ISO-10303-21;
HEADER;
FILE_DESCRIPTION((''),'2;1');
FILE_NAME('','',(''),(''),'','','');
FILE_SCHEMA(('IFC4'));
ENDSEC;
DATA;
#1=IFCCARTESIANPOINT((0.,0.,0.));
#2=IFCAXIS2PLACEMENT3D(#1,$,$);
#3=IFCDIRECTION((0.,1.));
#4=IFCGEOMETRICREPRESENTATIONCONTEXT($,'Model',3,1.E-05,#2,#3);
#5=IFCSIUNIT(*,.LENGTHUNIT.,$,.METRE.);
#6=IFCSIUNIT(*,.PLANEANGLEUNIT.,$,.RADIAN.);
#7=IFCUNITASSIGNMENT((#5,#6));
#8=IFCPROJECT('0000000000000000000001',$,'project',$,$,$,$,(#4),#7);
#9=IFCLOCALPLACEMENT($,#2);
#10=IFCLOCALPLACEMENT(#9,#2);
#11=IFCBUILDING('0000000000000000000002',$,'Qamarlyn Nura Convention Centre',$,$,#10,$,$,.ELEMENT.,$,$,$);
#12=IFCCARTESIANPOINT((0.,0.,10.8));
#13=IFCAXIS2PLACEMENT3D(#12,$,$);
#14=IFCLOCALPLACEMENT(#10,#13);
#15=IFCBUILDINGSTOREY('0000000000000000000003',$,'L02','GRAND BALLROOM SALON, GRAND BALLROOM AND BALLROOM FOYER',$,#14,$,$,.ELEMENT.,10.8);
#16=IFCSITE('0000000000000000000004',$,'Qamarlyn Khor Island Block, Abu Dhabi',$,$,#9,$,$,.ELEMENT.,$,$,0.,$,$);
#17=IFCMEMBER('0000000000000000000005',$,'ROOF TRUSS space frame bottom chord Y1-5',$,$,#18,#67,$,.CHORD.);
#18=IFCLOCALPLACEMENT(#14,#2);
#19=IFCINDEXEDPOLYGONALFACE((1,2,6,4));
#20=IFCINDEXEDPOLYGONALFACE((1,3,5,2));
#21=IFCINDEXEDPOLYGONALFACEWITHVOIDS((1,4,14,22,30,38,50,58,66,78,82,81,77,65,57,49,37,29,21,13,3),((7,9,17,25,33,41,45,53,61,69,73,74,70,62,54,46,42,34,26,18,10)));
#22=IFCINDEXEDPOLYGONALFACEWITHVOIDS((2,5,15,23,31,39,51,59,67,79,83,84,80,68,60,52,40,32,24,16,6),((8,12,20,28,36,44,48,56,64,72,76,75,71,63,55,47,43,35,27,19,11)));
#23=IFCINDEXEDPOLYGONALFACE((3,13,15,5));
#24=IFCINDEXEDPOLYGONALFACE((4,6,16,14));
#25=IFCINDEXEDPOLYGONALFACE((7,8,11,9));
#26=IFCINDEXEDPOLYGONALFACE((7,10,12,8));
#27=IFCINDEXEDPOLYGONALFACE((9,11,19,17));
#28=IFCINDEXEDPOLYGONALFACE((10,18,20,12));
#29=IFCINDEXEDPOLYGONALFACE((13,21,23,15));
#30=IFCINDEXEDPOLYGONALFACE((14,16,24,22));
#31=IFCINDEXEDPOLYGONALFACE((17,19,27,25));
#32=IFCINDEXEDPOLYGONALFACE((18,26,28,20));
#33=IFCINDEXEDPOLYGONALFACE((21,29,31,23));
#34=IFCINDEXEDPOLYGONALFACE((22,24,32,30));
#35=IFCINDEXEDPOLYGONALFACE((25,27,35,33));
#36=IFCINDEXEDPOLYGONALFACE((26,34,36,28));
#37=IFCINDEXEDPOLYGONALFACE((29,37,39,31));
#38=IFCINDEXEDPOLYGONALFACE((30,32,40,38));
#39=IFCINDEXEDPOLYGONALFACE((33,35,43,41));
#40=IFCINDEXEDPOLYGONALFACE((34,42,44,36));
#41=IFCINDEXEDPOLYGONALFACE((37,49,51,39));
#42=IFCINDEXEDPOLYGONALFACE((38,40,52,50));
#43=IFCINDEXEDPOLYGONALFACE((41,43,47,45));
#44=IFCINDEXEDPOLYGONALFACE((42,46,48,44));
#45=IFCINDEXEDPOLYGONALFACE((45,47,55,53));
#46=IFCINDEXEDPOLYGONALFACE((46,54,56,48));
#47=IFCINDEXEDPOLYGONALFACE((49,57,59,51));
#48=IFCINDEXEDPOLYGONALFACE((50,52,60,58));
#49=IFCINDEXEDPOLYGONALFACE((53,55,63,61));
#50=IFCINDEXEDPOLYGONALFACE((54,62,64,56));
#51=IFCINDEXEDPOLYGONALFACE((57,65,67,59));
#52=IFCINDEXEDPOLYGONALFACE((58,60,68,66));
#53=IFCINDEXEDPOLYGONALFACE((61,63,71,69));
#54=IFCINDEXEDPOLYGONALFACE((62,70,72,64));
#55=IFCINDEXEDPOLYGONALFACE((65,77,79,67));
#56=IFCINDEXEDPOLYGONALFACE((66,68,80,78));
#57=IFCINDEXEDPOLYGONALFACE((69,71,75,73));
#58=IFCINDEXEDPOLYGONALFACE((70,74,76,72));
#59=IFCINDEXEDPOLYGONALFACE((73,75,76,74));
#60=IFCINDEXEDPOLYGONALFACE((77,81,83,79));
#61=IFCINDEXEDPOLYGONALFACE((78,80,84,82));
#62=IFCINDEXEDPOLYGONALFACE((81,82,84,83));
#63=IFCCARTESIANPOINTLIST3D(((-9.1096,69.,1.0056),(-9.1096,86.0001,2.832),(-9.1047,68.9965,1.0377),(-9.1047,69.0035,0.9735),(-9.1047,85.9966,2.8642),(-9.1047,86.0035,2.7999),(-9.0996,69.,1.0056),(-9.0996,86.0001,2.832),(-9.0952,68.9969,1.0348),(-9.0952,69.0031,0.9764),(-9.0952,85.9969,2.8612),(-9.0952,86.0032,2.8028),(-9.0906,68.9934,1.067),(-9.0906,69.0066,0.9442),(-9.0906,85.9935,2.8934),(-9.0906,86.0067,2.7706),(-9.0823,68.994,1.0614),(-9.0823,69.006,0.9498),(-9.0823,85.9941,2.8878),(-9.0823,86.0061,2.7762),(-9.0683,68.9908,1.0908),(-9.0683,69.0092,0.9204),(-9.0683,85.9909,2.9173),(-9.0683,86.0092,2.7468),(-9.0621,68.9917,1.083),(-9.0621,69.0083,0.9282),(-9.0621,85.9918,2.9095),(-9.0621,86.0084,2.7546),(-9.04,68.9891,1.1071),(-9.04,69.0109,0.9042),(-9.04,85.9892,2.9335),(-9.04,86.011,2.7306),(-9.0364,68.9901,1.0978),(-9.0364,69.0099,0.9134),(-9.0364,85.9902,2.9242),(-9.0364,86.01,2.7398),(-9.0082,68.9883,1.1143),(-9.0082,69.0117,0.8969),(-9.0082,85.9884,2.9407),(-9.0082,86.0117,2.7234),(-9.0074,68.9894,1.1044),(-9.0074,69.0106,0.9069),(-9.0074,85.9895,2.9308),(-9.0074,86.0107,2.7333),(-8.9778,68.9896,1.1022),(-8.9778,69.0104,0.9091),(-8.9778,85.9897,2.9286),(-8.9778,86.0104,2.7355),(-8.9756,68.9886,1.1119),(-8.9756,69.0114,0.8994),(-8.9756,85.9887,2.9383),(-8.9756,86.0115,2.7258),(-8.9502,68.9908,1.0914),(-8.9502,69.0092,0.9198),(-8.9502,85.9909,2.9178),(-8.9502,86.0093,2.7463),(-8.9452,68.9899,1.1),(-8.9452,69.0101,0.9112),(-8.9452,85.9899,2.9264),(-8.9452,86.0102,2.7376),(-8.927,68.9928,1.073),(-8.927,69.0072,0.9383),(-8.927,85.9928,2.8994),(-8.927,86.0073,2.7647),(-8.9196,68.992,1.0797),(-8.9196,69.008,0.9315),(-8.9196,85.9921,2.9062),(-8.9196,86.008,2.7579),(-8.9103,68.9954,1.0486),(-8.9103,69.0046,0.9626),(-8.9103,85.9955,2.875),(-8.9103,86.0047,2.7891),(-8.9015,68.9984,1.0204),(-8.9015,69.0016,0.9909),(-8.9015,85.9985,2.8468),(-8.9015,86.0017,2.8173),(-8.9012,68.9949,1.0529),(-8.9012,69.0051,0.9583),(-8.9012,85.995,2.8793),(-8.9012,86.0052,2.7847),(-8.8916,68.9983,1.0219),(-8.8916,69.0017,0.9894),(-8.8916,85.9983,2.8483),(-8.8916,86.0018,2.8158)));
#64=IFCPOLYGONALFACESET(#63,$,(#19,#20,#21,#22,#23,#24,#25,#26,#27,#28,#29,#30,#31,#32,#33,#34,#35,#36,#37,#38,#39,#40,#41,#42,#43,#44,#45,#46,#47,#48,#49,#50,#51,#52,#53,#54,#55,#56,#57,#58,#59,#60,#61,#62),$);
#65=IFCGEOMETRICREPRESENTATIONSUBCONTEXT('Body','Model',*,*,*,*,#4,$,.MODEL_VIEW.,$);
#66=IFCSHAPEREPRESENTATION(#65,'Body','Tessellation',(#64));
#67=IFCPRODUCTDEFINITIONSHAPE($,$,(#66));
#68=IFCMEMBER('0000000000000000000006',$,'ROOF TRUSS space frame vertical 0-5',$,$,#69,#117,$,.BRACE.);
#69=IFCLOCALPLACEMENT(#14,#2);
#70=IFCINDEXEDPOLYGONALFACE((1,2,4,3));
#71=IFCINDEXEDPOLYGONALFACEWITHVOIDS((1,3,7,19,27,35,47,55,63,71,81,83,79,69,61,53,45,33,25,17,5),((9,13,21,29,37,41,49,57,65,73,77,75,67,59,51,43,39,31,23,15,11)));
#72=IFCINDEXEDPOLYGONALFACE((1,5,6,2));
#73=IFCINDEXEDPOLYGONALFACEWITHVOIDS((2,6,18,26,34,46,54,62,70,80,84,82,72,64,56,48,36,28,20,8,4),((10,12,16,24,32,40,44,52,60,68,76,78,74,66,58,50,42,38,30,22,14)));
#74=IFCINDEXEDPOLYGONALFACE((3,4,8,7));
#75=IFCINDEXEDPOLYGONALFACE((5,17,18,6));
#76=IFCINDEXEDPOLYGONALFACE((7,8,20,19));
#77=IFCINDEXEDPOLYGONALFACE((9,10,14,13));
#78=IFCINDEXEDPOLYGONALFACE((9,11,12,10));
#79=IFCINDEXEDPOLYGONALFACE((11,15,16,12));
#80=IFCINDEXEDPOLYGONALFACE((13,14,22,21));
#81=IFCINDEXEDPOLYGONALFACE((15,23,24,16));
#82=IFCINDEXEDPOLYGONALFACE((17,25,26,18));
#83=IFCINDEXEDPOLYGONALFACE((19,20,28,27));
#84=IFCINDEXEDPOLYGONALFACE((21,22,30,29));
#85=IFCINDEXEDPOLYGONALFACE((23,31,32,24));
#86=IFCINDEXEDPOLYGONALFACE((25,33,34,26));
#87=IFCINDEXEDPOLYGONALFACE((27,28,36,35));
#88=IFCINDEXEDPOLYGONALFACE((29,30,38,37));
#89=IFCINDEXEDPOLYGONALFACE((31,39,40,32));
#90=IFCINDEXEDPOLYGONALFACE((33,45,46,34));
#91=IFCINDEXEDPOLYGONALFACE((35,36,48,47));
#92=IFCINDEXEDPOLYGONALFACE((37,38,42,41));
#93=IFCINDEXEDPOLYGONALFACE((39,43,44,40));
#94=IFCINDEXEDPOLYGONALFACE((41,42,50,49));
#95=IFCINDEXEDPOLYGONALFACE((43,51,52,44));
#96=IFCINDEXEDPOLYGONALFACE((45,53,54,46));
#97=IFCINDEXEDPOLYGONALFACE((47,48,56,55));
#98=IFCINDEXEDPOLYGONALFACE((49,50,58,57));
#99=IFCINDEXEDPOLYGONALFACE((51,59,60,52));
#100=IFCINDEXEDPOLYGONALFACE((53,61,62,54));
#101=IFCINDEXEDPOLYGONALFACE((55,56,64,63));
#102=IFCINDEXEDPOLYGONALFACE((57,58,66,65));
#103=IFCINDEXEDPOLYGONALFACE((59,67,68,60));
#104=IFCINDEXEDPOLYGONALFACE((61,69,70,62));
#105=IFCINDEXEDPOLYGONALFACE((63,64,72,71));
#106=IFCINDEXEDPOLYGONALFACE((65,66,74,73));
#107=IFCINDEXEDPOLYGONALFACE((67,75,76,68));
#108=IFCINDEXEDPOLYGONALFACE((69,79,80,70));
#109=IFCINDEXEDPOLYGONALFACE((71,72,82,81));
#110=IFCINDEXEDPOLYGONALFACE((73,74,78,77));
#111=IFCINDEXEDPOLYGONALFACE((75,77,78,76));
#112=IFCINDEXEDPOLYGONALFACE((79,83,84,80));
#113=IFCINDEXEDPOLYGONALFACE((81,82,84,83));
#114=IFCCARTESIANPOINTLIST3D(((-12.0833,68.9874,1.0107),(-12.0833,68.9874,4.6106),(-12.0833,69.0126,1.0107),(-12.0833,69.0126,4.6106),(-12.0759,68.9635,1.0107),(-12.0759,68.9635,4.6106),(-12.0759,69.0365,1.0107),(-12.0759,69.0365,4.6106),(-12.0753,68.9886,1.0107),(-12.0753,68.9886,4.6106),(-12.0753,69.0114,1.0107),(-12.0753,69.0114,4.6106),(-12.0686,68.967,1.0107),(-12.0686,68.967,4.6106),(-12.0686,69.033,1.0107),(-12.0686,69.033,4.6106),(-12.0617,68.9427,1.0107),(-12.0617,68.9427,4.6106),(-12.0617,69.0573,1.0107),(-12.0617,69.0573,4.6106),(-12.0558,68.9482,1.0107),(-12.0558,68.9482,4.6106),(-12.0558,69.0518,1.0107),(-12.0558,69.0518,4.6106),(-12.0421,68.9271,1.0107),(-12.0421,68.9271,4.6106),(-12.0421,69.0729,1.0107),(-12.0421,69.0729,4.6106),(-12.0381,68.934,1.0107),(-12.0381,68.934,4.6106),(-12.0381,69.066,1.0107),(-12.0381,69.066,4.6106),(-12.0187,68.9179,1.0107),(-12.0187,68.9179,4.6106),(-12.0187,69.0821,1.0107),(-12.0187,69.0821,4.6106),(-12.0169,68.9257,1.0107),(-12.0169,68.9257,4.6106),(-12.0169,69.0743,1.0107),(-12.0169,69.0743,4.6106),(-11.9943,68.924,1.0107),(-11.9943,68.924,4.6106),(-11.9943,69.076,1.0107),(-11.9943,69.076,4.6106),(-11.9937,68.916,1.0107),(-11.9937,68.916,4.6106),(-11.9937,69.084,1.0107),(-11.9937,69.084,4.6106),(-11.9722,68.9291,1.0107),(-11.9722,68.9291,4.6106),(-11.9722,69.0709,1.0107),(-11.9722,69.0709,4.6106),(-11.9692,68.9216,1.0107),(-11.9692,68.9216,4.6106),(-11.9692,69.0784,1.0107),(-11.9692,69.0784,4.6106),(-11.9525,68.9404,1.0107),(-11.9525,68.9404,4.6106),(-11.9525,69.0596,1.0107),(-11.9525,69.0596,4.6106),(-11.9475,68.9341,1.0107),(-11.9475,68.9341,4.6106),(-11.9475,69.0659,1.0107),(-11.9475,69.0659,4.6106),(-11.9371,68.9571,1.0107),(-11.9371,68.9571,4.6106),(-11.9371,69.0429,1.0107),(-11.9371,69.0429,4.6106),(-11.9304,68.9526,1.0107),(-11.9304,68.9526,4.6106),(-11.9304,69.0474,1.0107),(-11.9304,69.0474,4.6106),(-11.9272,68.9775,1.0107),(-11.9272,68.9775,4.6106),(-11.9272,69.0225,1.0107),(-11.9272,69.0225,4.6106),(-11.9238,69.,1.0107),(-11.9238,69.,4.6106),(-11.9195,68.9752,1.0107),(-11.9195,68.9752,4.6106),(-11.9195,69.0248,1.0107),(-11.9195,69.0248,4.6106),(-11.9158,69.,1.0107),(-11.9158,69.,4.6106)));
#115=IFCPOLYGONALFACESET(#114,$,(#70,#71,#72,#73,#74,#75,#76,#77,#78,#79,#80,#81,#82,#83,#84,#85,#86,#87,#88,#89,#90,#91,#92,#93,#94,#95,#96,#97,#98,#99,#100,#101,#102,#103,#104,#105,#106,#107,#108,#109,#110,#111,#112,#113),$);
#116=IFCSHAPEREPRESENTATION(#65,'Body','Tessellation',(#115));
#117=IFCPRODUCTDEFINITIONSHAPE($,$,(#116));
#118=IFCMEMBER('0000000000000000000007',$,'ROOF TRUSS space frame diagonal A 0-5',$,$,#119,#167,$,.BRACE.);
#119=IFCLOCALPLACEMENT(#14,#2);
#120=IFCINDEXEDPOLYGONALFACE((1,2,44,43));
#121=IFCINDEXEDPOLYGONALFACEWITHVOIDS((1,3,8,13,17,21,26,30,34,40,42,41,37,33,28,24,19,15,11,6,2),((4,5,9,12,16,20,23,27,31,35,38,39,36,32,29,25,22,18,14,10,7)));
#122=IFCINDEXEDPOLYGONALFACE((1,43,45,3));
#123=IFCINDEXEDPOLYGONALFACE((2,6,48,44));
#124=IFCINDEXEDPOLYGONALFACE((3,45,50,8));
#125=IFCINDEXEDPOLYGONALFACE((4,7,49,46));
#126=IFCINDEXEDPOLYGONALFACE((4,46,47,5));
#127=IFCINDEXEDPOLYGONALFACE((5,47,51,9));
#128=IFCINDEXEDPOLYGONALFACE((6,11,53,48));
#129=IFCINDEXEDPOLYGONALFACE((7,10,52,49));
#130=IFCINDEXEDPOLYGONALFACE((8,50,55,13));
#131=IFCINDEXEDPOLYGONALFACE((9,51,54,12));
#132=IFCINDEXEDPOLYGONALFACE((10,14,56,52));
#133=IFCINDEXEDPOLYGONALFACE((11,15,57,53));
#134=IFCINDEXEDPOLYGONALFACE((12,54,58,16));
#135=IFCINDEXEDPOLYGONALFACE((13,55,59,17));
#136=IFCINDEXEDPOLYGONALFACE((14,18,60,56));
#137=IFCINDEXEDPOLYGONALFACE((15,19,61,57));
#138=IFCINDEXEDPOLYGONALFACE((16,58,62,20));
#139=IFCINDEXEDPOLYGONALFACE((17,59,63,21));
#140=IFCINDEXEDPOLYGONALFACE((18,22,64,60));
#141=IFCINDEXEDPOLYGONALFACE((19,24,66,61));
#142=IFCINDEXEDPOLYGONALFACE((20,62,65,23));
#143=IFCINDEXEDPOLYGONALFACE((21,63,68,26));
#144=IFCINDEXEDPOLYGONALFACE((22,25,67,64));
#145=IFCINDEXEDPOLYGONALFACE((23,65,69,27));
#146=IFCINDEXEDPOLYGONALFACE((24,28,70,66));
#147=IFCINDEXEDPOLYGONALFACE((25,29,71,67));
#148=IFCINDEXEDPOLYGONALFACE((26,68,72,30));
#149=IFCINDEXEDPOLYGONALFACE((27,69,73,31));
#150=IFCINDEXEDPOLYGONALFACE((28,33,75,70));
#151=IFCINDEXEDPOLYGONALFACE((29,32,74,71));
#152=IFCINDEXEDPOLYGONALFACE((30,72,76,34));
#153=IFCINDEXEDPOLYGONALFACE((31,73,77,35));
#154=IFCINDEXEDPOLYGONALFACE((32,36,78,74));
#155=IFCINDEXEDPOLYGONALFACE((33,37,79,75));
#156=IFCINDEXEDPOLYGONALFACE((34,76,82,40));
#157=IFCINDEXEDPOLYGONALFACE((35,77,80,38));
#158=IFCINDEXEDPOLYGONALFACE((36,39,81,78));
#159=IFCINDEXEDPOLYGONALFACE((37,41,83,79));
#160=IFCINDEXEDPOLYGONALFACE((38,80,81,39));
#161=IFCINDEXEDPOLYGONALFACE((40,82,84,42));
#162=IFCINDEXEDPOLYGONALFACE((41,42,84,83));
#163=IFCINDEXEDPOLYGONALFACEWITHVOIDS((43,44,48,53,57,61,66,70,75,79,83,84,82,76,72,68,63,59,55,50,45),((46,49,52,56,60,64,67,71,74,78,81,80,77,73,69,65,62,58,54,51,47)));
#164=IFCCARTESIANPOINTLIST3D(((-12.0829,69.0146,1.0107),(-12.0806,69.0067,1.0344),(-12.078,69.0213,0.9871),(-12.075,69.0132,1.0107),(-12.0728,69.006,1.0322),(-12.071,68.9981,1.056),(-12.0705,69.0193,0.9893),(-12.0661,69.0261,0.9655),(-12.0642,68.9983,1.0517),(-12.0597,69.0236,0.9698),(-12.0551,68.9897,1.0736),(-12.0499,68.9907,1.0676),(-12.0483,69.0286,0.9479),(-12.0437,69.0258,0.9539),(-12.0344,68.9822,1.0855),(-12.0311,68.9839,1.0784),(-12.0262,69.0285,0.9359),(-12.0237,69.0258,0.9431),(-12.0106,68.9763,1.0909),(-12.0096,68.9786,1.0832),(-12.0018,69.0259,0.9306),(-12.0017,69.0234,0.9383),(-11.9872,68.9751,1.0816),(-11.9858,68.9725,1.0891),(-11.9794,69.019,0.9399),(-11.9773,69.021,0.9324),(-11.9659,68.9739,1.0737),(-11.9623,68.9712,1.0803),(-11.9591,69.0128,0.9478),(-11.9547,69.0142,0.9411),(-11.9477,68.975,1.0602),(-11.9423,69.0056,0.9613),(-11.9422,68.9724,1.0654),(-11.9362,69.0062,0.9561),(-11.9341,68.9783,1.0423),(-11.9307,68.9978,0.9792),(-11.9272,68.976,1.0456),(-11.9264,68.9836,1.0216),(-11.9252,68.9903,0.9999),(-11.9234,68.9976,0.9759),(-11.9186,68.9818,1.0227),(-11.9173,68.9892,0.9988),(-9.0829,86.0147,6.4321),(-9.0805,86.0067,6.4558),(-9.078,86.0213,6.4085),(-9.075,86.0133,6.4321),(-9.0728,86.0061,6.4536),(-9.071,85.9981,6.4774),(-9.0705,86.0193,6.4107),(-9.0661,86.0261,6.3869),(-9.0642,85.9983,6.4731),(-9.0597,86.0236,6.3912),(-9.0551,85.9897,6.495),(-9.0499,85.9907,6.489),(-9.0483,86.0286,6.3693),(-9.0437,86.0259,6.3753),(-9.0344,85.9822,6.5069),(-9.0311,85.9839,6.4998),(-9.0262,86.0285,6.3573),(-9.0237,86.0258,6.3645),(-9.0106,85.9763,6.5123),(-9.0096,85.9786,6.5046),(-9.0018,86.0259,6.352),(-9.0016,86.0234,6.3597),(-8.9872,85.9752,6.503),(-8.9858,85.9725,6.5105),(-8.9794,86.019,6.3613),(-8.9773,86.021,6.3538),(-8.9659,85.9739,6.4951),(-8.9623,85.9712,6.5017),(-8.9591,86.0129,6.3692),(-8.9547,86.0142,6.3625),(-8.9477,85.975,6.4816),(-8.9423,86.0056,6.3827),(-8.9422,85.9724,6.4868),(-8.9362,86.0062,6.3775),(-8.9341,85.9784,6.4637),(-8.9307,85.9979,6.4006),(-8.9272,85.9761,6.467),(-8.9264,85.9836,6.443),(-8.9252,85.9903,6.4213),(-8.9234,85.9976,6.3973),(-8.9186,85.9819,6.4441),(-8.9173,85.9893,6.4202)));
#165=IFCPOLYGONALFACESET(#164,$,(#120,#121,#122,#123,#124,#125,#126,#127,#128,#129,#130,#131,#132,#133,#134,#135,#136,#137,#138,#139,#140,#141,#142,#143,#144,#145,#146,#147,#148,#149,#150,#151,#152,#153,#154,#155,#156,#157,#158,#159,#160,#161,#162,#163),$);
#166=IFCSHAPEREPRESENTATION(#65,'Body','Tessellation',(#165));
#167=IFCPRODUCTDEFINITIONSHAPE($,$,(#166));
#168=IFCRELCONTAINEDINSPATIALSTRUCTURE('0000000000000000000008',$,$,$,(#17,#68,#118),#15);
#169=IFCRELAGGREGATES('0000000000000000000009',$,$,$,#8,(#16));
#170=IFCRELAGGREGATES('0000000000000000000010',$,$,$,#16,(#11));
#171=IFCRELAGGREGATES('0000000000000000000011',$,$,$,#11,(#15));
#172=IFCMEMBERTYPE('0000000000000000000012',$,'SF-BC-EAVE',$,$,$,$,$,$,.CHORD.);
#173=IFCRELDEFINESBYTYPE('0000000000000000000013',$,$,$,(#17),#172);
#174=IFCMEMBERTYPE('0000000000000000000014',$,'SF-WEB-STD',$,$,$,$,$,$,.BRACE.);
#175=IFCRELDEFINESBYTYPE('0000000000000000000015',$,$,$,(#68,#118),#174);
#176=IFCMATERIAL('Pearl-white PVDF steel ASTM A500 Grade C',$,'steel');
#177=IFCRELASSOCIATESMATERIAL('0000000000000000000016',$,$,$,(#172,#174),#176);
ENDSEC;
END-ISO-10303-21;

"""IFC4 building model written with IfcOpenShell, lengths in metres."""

from ifc_helpers import new_model, si_unit, direction, frame, origin, origin_2d, place, context, subcontext, project, spatial, hollow_circle, extrude, material, material_profile, profile_set, type_object, element, save


model = new_model("IFC4")

# Units and contexts
model_context = context("Model", 3, precision=1e-05, world=origin(), true_north=direction((0.0, 1.0)))
body_context = subcontext(model_context, "Body", "Model", "MODEL_VIEW")
ifc_project = project(units=[si_unit("LENGTHUNIT", "METRE"), si_unit("PLANEANGLEUNIT", "RADIAN")], contexts=[model_context])

# Site, building, storey
site_placement = place(None, origin())
site = spatial("IfcSite", under=ifc_project, at=site_placement, Name="Qamarlyn Khor Island Block, Abu Dhabi", CompositionType="ELEMENT", RefElevation=0.0)
building_placement = place(site_placement, origin())
building = spatial("IfcBuilding", under=site, at=building_placement, Name="Qamarlyn Nura Convention Centre", CompositionType="ELEMENT")
storey_placement = place(building_placement, frame((0.0, 0.0, 10.8)))
storey = spatial("IfcBuildingStorey", under=building, at=storey_placement, Name="L02", Description="GRAND BALLROOM SALON, GRAND BALLROOM AND BALLROOM FOYER", CompositionType="ELEMENT", Elevation=10.8)

# Members
ifc_material_1 = material(Name="Pearl-white PVDF steel ASTM A500 Grade C", Category="steel")
ifc_material_profile_1 = material_profile(ifc_material_1, hollow_circle(Radius=0.1096, WallThickness=0.01, at=origin_2d()), Name="CHS219.1X10")
ifc_profile_set_1 = profile_set([ifc_material_profile_1], Name="Pearl-white PVDF steel ASTM A500 Grade C")
member_type_1 = type_object("IfcMemberType", Name="SF-BC-EAVE", PredefinedType="CHORD", material=ifc_profile_set_1)
member_1_placement = place(storey_placement, frame((-9.0, 69.0, 1.0056), z_axis=(0.0, 0.994278, 0.106822), x_axis=(-1.0, 0.0, 0.0)))
element("IfcMember", 1, at=member_1_placement, inside=storey, type_object=member_type_1, Name="ROOF TRUSS space frame bottom chord Y1-5", PredefinedType="CHORD", context=body_context, shape_type="SweptSolid", body=[
    extrude(hollow_circle(Radius=0.1096, WallThickness=0.01, at=origin_2d()), origin(), (0.0, 0.0, 1.0), 17.0979),
])
ifc_material_profile_2 = material_profile(ifc_material_1, hollow_circle(Radius=0.0842, WallThickness=0.0081, at=origin_2d()), Name="CHS168.3X8")
ifc_profile_set_2 = profile_set([ifc_material_profile_2], Name="Pearl-white PVDF steel ASTM A500 Grade C")
member_type_2 = type_object("IfcMemberType", Name="SF-WEB-STD", PredefinedType="BRACE", material=ifc_profile_set_2)
member_2_placement = place(storey_placement, frame((-12.0, 69.0, 1.0107), z_axis=(0.0, 0.0, 1.0), x_axis=(1.0, 0.0, 0.0)))
element("IfcMember", 2, at=member_2_placement, inside=storey, type_object=member_type_2, Name="ROOF TRUSS space frame vertical 0-5", PredefinedType="BRACE", context=body_context, shape_type="SweptSolid", body=[
    extrude(hollow_circle(Radius=0.0842, WallThickness=0.0081, at=origin_2d()), origin(), (0.0, 0.0, 1.0), 3.5999),
])
member_3_placement = place(storey_placement, frame((-12.0, 69.0, 1.0107), z_axis=(0.165801, 0.93954, 0.299624), x_axis=(-0.984784, 0.173785, 0.0)))
element("IfcMember", 3, at=member_3_placement, inside=storey, type_object=member_type_2, Name="ROOF TRUSS space frame diagonal A 0-5", PredefinedType="BRACE", context=body_context, shape_type="SweptSolid", body=[
    extrude(hollow_circle(Radius=0.0842, WallThickness=0.0081, at=origin_2d()), origin(), (0.0, 0.0, 1.0), 18.094),
])

save(model, "model.ifc")
